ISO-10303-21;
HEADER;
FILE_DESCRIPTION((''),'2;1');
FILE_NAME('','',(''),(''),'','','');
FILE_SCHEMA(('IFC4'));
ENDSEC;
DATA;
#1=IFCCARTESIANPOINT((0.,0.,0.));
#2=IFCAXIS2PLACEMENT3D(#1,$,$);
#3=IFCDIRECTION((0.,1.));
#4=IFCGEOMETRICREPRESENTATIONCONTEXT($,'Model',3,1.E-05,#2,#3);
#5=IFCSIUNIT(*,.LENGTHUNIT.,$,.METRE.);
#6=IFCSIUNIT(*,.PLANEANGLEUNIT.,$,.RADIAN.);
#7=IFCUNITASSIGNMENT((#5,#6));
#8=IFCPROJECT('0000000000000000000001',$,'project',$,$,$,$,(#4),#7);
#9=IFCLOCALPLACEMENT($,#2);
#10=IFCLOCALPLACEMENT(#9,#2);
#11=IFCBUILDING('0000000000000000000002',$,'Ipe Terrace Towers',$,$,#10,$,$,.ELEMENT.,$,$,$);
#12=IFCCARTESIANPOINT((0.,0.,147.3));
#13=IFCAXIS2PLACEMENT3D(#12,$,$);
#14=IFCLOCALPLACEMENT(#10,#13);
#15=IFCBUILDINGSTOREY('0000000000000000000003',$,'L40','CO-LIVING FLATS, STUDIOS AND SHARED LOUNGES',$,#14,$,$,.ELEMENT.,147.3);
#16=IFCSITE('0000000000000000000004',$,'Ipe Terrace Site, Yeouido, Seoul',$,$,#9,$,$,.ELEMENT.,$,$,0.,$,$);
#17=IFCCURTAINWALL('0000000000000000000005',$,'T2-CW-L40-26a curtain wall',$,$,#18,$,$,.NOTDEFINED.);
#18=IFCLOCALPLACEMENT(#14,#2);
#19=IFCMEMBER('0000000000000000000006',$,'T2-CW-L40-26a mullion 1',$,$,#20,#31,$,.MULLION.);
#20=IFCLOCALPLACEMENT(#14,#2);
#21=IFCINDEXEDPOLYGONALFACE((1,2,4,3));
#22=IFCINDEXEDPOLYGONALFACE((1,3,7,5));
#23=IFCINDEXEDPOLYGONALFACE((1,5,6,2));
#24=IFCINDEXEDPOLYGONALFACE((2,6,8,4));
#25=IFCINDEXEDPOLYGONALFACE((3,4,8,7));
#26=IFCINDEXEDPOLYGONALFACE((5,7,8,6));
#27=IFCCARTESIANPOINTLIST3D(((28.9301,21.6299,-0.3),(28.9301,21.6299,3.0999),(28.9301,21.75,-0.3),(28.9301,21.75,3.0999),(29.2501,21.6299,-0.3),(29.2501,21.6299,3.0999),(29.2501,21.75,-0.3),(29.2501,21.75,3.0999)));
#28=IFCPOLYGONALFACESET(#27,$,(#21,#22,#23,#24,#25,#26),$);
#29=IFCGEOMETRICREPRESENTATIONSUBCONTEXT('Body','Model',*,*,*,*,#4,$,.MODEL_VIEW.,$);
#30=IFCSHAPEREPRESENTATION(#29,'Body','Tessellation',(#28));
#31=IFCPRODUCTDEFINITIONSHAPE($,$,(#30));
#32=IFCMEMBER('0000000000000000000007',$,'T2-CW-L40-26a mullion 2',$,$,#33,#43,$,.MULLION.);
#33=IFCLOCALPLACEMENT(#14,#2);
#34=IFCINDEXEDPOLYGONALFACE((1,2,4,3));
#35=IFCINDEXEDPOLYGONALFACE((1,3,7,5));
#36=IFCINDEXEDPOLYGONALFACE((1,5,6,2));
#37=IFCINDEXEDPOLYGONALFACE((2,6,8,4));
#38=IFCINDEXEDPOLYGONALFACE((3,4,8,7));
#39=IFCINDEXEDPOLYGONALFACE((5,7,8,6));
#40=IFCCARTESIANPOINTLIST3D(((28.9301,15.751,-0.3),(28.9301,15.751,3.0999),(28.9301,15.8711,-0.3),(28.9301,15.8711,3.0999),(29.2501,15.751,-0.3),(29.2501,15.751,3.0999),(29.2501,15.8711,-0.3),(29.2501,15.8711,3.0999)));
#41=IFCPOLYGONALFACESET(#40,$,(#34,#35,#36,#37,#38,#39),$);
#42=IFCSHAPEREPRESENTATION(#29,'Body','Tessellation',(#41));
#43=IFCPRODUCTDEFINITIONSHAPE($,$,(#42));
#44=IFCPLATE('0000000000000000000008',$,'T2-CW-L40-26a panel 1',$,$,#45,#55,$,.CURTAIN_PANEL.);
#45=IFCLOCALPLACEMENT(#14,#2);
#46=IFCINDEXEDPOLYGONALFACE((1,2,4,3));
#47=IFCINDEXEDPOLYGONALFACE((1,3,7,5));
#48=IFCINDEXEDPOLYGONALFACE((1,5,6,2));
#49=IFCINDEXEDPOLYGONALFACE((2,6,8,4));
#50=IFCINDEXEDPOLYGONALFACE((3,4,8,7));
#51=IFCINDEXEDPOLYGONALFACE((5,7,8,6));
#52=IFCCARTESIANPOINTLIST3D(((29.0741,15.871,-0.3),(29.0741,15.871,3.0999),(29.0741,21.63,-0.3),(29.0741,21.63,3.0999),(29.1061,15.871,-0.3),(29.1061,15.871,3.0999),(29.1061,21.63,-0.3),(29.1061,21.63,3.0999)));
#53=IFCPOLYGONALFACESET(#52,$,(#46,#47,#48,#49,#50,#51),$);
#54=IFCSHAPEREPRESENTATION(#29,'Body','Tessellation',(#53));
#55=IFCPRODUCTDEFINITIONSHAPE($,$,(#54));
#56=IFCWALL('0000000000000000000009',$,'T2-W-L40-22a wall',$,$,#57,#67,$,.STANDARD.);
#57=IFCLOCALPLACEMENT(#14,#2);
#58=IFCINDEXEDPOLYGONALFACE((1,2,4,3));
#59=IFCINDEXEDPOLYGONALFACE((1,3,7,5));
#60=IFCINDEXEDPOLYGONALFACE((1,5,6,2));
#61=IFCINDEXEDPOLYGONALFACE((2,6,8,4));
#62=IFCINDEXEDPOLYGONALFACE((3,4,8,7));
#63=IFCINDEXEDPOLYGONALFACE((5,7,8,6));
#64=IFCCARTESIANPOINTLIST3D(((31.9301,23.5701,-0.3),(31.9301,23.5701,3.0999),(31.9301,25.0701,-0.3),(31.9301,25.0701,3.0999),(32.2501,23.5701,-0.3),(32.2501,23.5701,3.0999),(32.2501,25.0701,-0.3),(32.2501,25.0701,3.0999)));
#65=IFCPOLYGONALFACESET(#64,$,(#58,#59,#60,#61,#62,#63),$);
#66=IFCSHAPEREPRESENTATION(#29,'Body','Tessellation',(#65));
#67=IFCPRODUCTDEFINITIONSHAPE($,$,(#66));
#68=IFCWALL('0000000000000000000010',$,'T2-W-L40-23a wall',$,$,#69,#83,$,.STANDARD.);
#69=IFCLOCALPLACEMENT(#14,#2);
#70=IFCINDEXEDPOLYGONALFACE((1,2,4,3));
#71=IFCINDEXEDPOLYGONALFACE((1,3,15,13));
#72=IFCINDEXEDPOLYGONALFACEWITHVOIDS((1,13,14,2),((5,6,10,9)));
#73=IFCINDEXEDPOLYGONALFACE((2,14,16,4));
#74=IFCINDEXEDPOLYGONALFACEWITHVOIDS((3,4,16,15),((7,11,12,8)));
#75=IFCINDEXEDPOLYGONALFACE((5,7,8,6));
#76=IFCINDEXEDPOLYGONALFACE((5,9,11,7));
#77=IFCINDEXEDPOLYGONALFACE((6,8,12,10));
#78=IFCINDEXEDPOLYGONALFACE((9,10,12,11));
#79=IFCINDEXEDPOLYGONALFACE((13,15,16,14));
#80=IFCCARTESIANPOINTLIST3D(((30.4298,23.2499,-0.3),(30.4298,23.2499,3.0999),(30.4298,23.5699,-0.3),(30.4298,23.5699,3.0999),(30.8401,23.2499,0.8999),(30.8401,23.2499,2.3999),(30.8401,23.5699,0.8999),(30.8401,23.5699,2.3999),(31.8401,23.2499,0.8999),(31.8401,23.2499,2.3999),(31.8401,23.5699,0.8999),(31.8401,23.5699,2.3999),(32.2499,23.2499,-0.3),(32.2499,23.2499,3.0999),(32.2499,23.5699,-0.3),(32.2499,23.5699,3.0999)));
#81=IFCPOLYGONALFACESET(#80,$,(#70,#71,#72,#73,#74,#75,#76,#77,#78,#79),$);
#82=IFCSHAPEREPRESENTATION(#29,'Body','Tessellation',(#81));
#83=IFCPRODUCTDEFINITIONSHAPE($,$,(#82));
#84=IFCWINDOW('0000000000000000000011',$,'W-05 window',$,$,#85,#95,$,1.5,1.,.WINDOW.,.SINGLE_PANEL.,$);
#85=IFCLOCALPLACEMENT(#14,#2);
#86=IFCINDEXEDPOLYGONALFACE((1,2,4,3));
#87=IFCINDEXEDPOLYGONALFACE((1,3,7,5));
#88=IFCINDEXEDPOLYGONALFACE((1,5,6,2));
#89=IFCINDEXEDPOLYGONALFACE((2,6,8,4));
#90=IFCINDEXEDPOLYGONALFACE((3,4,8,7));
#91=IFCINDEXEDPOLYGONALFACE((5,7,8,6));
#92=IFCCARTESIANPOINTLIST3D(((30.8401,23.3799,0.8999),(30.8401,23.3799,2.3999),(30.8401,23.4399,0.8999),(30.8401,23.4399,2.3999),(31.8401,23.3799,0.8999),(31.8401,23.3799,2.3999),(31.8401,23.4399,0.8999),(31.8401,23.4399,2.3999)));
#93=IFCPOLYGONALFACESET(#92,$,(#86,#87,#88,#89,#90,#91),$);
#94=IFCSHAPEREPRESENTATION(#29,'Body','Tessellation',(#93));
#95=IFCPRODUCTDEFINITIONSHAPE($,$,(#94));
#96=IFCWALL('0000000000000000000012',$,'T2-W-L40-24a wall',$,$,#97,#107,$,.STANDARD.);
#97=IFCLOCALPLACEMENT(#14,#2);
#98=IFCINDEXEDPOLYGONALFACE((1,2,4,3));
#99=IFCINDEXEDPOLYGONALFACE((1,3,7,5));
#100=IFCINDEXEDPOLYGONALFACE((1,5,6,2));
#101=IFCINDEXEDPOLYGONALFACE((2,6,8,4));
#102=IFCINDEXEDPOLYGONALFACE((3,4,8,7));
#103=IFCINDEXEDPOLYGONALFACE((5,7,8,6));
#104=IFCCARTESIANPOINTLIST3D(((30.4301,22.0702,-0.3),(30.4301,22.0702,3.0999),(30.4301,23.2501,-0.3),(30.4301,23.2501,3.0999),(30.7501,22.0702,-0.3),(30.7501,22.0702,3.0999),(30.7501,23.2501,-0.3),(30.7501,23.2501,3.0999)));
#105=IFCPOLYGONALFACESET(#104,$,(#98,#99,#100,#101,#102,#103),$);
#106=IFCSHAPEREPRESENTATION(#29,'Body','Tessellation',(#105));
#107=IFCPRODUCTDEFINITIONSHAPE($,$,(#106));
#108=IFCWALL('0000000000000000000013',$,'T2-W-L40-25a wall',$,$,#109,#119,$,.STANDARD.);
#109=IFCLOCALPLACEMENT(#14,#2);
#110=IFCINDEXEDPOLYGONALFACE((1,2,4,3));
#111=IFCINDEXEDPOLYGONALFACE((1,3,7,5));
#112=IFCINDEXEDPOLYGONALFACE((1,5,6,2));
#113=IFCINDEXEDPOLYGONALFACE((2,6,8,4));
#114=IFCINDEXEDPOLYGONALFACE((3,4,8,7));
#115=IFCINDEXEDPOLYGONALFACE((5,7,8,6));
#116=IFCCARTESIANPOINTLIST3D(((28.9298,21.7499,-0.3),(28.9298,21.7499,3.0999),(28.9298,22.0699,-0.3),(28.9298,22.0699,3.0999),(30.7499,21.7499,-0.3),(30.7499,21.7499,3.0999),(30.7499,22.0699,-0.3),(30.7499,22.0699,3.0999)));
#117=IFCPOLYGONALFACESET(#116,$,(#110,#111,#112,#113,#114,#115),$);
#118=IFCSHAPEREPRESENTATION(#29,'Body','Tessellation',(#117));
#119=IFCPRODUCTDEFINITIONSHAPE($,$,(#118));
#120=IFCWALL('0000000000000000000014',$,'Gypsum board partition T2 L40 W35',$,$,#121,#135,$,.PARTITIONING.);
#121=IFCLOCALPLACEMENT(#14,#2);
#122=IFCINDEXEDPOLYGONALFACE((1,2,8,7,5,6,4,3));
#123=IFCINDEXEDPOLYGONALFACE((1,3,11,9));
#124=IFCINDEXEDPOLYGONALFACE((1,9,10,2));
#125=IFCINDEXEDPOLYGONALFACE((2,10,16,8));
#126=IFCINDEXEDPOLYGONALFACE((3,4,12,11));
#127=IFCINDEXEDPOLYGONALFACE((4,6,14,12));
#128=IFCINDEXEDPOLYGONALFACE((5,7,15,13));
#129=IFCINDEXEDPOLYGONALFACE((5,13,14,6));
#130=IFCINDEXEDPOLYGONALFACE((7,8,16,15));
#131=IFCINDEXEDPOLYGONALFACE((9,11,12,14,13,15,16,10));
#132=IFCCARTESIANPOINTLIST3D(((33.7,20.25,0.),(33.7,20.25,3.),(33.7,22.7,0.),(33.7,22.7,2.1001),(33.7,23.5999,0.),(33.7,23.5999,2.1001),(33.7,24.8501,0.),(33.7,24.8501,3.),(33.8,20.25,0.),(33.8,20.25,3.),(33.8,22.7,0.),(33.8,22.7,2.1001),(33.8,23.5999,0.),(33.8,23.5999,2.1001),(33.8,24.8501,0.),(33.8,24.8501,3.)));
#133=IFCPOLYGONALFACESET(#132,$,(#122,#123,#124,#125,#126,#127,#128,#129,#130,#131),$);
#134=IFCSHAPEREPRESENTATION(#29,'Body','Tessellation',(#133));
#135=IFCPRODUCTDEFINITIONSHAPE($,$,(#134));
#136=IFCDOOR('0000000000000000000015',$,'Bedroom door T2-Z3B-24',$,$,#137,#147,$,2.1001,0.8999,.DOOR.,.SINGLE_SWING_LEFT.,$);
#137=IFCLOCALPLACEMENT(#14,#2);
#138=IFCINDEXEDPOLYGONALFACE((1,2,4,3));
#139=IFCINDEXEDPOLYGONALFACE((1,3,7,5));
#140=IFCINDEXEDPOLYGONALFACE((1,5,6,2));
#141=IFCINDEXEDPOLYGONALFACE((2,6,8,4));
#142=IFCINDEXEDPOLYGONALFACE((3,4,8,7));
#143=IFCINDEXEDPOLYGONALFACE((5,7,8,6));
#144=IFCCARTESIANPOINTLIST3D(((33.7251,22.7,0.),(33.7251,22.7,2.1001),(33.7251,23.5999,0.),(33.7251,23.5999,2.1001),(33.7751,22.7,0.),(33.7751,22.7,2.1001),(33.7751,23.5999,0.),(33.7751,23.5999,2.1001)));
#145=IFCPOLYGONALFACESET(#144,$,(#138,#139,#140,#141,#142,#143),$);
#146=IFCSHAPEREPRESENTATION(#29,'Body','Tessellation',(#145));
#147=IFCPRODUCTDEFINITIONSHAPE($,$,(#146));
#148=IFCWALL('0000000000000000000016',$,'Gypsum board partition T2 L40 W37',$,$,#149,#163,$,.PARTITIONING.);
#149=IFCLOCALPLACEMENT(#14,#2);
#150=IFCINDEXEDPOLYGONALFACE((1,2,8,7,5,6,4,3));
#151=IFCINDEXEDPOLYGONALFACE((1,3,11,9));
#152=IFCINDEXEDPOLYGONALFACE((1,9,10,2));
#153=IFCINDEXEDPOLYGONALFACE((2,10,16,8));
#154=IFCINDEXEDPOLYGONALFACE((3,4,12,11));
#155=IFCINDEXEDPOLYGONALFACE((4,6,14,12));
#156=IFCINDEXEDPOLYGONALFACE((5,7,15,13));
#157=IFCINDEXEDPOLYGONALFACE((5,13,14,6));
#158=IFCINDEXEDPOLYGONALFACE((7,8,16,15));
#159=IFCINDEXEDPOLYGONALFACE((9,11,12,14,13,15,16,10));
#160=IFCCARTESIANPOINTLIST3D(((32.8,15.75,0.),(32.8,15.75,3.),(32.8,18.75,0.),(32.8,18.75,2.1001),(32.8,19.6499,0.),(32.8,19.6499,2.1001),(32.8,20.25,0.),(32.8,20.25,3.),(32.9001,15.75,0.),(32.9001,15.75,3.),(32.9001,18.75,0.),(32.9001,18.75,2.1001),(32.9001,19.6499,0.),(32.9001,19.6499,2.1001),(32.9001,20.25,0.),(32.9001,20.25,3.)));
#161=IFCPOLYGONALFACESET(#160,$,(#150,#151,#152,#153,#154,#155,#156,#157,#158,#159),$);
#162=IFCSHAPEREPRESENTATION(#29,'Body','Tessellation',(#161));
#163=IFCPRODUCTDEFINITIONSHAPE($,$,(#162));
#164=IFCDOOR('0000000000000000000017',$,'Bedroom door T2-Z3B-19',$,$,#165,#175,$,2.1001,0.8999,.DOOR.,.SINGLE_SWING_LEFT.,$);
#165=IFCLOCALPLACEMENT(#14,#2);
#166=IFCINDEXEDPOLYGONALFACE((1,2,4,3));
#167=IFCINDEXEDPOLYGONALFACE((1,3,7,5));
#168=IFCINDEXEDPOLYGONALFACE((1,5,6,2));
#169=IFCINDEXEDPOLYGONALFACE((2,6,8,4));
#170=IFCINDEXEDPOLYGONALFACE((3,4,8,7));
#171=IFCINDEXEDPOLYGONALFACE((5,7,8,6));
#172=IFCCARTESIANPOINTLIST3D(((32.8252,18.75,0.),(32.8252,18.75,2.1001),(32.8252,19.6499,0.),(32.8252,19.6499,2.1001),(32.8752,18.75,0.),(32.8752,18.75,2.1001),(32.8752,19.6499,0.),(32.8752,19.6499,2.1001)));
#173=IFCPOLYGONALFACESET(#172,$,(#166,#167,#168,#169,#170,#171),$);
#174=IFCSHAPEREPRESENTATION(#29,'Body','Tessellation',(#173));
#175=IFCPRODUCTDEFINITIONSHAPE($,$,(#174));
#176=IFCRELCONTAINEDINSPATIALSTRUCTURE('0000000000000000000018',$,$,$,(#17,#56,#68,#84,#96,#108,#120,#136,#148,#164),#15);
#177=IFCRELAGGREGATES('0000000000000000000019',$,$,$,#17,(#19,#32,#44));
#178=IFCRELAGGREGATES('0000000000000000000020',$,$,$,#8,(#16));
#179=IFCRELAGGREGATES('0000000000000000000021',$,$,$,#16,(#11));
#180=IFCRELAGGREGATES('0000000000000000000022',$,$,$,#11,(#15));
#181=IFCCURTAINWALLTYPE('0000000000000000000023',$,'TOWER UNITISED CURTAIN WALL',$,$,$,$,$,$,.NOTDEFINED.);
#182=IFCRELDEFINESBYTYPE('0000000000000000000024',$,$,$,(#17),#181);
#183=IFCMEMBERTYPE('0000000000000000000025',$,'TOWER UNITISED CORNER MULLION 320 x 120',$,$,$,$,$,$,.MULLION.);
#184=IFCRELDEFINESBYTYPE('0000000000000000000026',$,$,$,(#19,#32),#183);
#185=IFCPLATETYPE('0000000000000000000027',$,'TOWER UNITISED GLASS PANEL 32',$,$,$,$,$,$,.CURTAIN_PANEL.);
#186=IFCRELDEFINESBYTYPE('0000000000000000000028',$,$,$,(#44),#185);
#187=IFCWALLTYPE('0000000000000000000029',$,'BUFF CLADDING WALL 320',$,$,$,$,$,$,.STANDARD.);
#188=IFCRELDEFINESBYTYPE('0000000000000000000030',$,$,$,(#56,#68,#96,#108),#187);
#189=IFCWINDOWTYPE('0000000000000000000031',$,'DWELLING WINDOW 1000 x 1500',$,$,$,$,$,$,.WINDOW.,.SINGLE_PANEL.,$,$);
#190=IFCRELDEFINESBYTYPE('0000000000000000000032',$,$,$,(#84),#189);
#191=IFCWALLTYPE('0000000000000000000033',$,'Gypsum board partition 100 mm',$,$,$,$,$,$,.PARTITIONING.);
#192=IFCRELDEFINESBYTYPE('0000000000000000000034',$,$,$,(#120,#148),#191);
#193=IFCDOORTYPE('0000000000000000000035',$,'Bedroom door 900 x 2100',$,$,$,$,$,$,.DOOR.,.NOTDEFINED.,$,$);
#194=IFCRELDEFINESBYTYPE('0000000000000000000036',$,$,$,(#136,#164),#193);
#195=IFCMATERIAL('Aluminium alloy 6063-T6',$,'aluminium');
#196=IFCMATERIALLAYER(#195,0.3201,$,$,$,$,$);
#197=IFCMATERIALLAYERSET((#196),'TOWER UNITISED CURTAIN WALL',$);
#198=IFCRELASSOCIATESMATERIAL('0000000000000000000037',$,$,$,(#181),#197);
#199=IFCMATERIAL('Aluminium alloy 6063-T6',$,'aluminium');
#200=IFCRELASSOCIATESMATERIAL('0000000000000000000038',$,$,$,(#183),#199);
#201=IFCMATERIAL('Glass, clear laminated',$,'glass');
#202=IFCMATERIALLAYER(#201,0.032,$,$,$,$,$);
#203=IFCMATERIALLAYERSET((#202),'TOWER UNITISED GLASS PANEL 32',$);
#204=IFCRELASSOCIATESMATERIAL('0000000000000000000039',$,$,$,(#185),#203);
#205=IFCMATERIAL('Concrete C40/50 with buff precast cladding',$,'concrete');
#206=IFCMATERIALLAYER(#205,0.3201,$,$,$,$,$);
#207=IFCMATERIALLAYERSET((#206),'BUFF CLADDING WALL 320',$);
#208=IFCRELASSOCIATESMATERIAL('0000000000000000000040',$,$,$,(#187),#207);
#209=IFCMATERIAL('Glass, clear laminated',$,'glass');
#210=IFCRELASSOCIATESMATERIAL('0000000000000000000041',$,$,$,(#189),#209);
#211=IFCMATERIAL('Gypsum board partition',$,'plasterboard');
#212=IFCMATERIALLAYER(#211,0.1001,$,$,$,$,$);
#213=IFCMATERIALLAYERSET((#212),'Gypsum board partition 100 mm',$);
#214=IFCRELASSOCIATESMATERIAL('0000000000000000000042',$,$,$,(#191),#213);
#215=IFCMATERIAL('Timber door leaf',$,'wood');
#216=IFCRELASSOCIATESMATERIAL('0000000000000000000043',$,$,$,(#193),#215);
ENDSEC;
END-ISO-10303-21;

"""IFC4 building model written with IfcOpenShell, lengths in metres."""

from ifc_helpers import new_model, si_unit, direction, frame, frame_2d, origin, origin_2d, place, context, subcontext, project, spatial, rectangle, extrude, material, layer, layer_set, material_profile, profile_set, type_object, element, fill, aggregate, save


model = new_model("IFC4")

# Units and contexts
model_context = context("Model", 3, precision=1e-05, world=origin(), true_north=direction((0.0, 1.0)))
body_context = subcontext(model_context, "Body", "Model", "MODEL_VIEW")
ifc_project = project(units=[si_unit("LENGTHUNIT", "METRE"), si_unit("PLANEANGLEUNIT", "RADIAN")], contexts=[model_context])

# Site, building, storey
site_placement = place(None, origin())
site = spatial("IfcSite", under=ifc_project, at=site_placement, Name="Ipe Terrace Site, Yeouido, Seoul", CompositionType="ELEMENT", RefElevation=0.0)
building_placement = place(site_placement, origin())
building = spatial("IfcBuilding", under=site, at=building_placement, Name="Ipe Terrace Towers", CompositionType="ELEMENT")
storey_placement = place(building_placement, frame((0.0, 0.0, 147.3)))
storey = spatial("IfcBuildingStorey", under=building, at=storey_placement, Name="L40", Description="CO-LIVING FLATS, STUDIOS AND SHARED LOUNGES", CompositionType="ELEMENT", Elevation=147.3)

# Shared definitions
ifc_material_1 = material(Name="Aluminium alloy 6063-T6", Category="aluminium")
ifc_layer_1 = layer(ifc_material_1, 0.3201)
ifc_layer_set_1 = layer_set([ifc_layer_1], Name="TOWER UNITISED CURTAIN WALL")
curtain_wall_type = type_object("IfcCurtainWallType", Name="TOWER UNITISED CURTAIN WALL", PredefinedType="NOTDEFINED", material=ifc_layer_set_1)
ifc_material_2 = material(Name="Aluminium alloy 6063-T6", Category="aluminium")
ifc_material_profile_1 = material_profile(ifc_material_2, rectangle(XDim=0.3201, YDim=0.1201, at=origin_2d()), Name="TOWER UNITISED CORNER MULLION 320 x 120")
ifc_profile_set_1 = profile_set([ifc_material_profile_1], Name="Aluminium alloy 6063-T6")
member_type = type_object("IfcMemberType", Name="TOWER UNITISED CORNER MULLION 320 x 120", PredefinedType="MULLION", material=ifc_profile_set_1)

# Curtain wall, members, plate
curtain_wall_1_placement = place(storey_placement, origin())
curtain_wall_1 = element("IfcCurtainWall", 1, at=curtain_wall_1_placement, inside=storey, type_object=curtain_wall_type, Name="T2-CW-L40-26a curtain wall", PredefinedType="NOTDEFINED")
member_1_placement = place(storey_placement, frame((29.0901, 21.6899, -0.3), z_axis=(0.0, 0.0, 1.0), x_axis=(-1.0, 0.0, 0.0)))
member_1 = element("IfcMember", 2, at=member_1_placement, type_object=member_type, Name="T2-CW-L40-26a mullion 1", PredefinedType="MULLION", context=body_context, shape_type="SweptSolid", body=[
    extrude(rectangle(XDim=0.3201, YDim=0.1201, at=origin_2d()), origin(), (0.0, 0.0, 1.0), 3.3999),
])
member_2_placement = place(storey_placement, frame((29.0901, 15.811, -0.3), z_axis=(0.0, 0.0, 1.0), x_axis=(-1.0, 0.0, 0.0)))
member_2 = element("IfcMember", 3, at=member_2_placement, type_object=member_type, Name="T2-CW-L40-26a mullion 2", PredefinedType="MULLION", context=body_context, shape_type="SweptSolid", body=[
    extrude(rectangle(XDim=0.3201, YDim=0.1201, at=origin_2d()), origin(), (0.0, 0.0, 1.0), 3.3999),
])
ifc_material_3 = material(Name="Glass, clear laminated", Category="glass")
ifc_layer_2 = layer(ifc_material_3, 0.032)
ifc_layer_set_2 = layer_set([ifc_layer_2], Name="TOWER UNITISED GLASS PANEL 32")
plate_type = type_object("IfcPlateType", Name="TOWER UNITISED GLASS PANEL 32", PredefinedType="CURTAIN_PANEL", material=ifc_layer_set_2)
plate_placement = place(storey_placement, frame((29.0901, 18.7505, -0.3), z_axis=(0.0, 0.0, 1.0), x_axis=(0.0, -1.0, 0.0)))
plate = element("IfcPlate", 4, at=plate_placement, type_object=plate_type, Name="T2-CW-L40-26a panel 1", PredefinedType="CURTAIN_PANEL", context=body_context, shape_type="SweptSolid", body=[
    extrude(rectangle(XDim=5.759, YDim=0.032, at=origin_2d()), origin(), (0.0, 0.0, 1.0), 3.3999),
])
aggregate(curtain_wall_1, [member_1, member_2, plate])

# Wall
ifc_material_4 = material(Name="Concrete C40/50 with buff precast cladding", Category="concrete")
ifc_layer_3 = layer(ifc_material_4, 0.3201)
ifc_layer_set_3 = layer_set([ifc_layer_3], Name="BUFF CLADDING WALL 320")
wall_type_1 = type_object("IfcWallType", Name="BUFF CLADDING WALL 320", PredefinedType="STANDARD", material=ifc_layer_set_3)
wall_1_placement = place(storey_placement, frame((32.0901, 25.0701, -0.3), z_axis=(0.0, 0.0, 1.0), x_axis=(0.0, -1.0, 0.0)))
element("IfcWall", 5, at=wall_1_placement, inside=storey, type_object=wall_type_1, Name="T2-W-L40-22a wall", PredefinedType="STANDARD", context=body_context, shape_type="SweptSolid", body=[
    extrude(rectangle(XDim=1.5, YDim=0.3201, at=frame_2d((0.75, 0.0))), origin(), (0.0, 0.0, 1.0), 3.3999),
])

# Wall, opening, window
wall_2_placement = place(storey_placement, frame((32.25, 23.4099, -0.3), z_axis=(0.0, 0.0, 1.0), x_axis=(-1.0, 0.0, 0.0)))
wall_2 = element("IfcWall", 6, at=wall_2_placement, inside=storey, type_object=wall_type_1, Name="T2-W-L40-23a wall", PredefinedType="STANDARD", context=body_context, shape_type="SweptSolid", body=[
    extrude(rectangle(XDim=1.8201, YDim=0.3201, at=frame_2d((0.9102, 0.0))), origin(), (0.0, 0.0, 1.0), 3.3999),
])
opening_1_placement = place(wall_2_placement, frame((0.4099, 0.0, 1.2)))
opening_1 = element("IfcOpeningElement", 7, at=opening_1_placement, cuts=wall_2, PredefinedType="OPENING", context=body_context, shape_type="SweptSolid", body=[
    extrude(rectangle(XDim=1.0, YDim=1.5, at=frame_2d((0.5, 0.75))), frame((0.0, 0.1699, 0.0), z_axis=(0.0, -1.0, 0.0), x_axis=(1.0, 0.0, 0.0)), (0.0, 0.0, 1.0), 0.3401),
])
ifc_material_5 = material(Name="Glass, clear laminated", Category="glass")
window_type = type_object("IfcWindowType", Name="DWELLING WINDOW 1000 x 1500", PartitioningType="SINGLE_PANEL", PredefinedType="WINDOW", material=ifc_material_5)
window_placement = place(opening_1_placement, origin())
window = element("IfcWindow", 8, at=window_placement, inside=storey, type_object=window_type, Name="W-05 window", OverallHeight=1.5, OverallWidth=1.0, PartitioningType="SINGLE_PANEL", PredefinedType="WINDOW", context=body_context, shape_type="SweptSolid", body=[
    extrude(rectangle(XDim=1.0, YDim=1.5, at=frame_2d((0.5, 0.75))), frame((0.0, 0.03, 0.0), z_axis=(0.0, -1.0, 0.0), x_axis=(1.0, 0.0, 0.0)), (0.0, 0.0, 1.0), 0.0601),
])
fill(opening_1, window)

# Walls
wall_3_placement = place(storey_placement, frame((30.5901, 23.25, -0.3), z_axis=(0.0, 0.0, 1.0), x_axis=(0.0, -1.0, 0.0)))
element("IfcWall", 9, at=wall_3_placement, inside=storey, type_object=wall_type_1, Name="T2-W-L40-24a wall", PredefinedType="STANDARD", context=body_context, shape_type="SweptSolid", body=[
    extrude(rectangle(XDim=1.1799, YDim=0.3201, at=frame_2d((0.5898, 0.0))), origin(), (0.0, 0.0, 1.0), 3.3999),
])
wall_4_placement = place(storey_placement, frame((30.75, 21.9099, -0.3), z_axis=(0.0, 0.0, 1.0), x_axis=(-1.0, 0.0, 0.0)))
element("IfcWall", 10, at=wall_4_placement, inside=storey, type_object=wall_type_1, Name="T2-W-L40-25a wall", PredefinedType="STANDARD", context=body_context, shape_type="SweptSolid", body=[
    extrude(rectangle(XDim=1.8201, YDim=0.3201, at=frame_2d((0.9102, 0.0))), origin(), (0.0, 0.0, 1.0), 3.3999),
])

# Walls, openings, doors
ifc_material_6 = material(Name="Gypsum board partition", Category="plasterboard")
ifc_layer_4 = layer(ifc_material_6, 0.1001)
ifc_layer_set_4 = layer_set([ifc_layer_4], Name="Gypsum board partition 100 mm")
wall_type_2 = type_object("IfcWallType", Name="Gypsum board partition 100 mm", PredefinedType="PARTITIONING", material=ifc_layer_set_4)
wall_5_placement = place(storey_placement, frame((33.75, 20.25, 0.0), z_axis=(0.0, 0.0, 1.0), x_axis=(0.0, 1.0, 0.0)))
wall_5 = element("IfcWall", 11, at=wall_5_placement, inside=storey, type_object=wall_type_2, Name="Gypsum board partition T2 L40 W35", PredefinedType="PARTITIONING", context=body_context, shape_type="SweptSolid", body=[
    extrude(rectangle(XDim=4.6001, YDim=0.1001, at=frame_2d((2.3, 0.0))), origin(), (0.0, 0.0, 1.0), 3.0),
])
opening_2_placement = place(wall_5_placement, frame((2.45, 0.0, 0.0)))
opening_2 = element("IfcOpeningElement", 12, at=opening_2_placement, cuts=wall_5, PredefinedType="OPENING", context=body_context, shape_type="SweptSolid", body=[
    extrude(rectangle(XDim=0.8999, YDim=2.1001, at=frame_2d((0.45, 1.05))), frame((0.0, 0.0601, 0.0), z_axis=(0.0, -1.0, 0.0), x_axis=(1.0, 0.0, 0.0)), (0.0, 0.0, 1.0), 0.1201),
])
ifc_material_7 = material(Name="Timber door leaf", Category="wood")
door_type_1 = type_object("IfcDoorType", Name="Bedroom door 900 x 2100", OperationType="NOTDEFINED", PredefinedType="DOOR", material=ifc_material_7)
door_1_placement = place(opening_2_placement, origin())
door_1 = element("IfcDoor", 13, at=door_1_placement, inside=storey, type_object=door_type_1, Name="Bedroom door T2-Z3B-24", OperationType="SINGLE_SWING_LEFT", OverallHeight=2.1001, OverallWidth=0.8999, PredefinedType="DOOR", context=body_context, shape_type="SweptSolid", body=[
    extrude(rectangle(XDim=0.8999, YDim=2.1001, at=frame_2d((0.45, 1.05))), frame((0.0, 0.0249, 0.0), z_axis=(0.0, -1.0, 0.0), x_axis=(1.0, 0.0, 0.0)), (0.0, 0.0, 1.0), 0.05),
])
fill(opening_2, door_1)
wall_6_placement = place(storey_placement, frame((32.8501, 15.75, 0.0), z_axis=(0.0, 0.0, 1.0), x_axis=(0.0, 1.0, 0.0)))
wall_6 = element("IfcWall", 14, at=wall_6_placement, inside=storey, type_object=wall_type_2, Name="Gypsum board partition T2 L40 W37", PredefinedType="PARTITIONING", context=body_context, shape_type="SweptSolid", body=[
    extrude(rectangle(XDim=4.5, YDim=0.1001, at=frame_2d((2.25, 0.0))), origin(), (0.0, 0.0, 1.0), 3.0),
])
opening_3_placement = place(wall_6_placement, frame((3.0, 0.0, 0.0)))
opening_3 = element("IfcOpeningElement", 15, at=opening_3_placement, cuts=wall_6, PredefinedType="OPENING", context=body_context, shape_type="SweptSolid", body=[
    extrude(rectangle(XDim=0.8999, YDim=2.1001, at=frame_2d((0.45, 1.05))), frame((0.0, 0.0601, 0.0), z_axis=(0.0, -1.0, 0.0), x_axis=(1.0, 0.0, 0.0)), (0.0, 0.0, 1.0), 0.1201),
])
door_2_placement = place(opening_3_placement, origin())
door_2 = element("IfcDoor", 16, at=door_2_placement, inside=storey, type_object=door_type_1, Name="Bedroom door T2-Z3B-19", OperationType="SINGLE_SWING_LEFT", OverallHeight=2.1001, OverallWidth=0.8999, PredefinedType="DOOR", context=body_context, shape_type="SweptSolid", body=[
    extrude(rectangle(XDim=0.8999, YDim=2.1001, at=frame_2d((0.45, 1.05))), frame((0.0, 0.0249, 0.0), z_axis=(0.0, -1.0, 0.0), x_axis=(1.0, 0.0, 0.0)), (0.0, 0.0, 1.0), 0.05),
])
fill(opening_3, door_2)

save(model, "model.ifc")
